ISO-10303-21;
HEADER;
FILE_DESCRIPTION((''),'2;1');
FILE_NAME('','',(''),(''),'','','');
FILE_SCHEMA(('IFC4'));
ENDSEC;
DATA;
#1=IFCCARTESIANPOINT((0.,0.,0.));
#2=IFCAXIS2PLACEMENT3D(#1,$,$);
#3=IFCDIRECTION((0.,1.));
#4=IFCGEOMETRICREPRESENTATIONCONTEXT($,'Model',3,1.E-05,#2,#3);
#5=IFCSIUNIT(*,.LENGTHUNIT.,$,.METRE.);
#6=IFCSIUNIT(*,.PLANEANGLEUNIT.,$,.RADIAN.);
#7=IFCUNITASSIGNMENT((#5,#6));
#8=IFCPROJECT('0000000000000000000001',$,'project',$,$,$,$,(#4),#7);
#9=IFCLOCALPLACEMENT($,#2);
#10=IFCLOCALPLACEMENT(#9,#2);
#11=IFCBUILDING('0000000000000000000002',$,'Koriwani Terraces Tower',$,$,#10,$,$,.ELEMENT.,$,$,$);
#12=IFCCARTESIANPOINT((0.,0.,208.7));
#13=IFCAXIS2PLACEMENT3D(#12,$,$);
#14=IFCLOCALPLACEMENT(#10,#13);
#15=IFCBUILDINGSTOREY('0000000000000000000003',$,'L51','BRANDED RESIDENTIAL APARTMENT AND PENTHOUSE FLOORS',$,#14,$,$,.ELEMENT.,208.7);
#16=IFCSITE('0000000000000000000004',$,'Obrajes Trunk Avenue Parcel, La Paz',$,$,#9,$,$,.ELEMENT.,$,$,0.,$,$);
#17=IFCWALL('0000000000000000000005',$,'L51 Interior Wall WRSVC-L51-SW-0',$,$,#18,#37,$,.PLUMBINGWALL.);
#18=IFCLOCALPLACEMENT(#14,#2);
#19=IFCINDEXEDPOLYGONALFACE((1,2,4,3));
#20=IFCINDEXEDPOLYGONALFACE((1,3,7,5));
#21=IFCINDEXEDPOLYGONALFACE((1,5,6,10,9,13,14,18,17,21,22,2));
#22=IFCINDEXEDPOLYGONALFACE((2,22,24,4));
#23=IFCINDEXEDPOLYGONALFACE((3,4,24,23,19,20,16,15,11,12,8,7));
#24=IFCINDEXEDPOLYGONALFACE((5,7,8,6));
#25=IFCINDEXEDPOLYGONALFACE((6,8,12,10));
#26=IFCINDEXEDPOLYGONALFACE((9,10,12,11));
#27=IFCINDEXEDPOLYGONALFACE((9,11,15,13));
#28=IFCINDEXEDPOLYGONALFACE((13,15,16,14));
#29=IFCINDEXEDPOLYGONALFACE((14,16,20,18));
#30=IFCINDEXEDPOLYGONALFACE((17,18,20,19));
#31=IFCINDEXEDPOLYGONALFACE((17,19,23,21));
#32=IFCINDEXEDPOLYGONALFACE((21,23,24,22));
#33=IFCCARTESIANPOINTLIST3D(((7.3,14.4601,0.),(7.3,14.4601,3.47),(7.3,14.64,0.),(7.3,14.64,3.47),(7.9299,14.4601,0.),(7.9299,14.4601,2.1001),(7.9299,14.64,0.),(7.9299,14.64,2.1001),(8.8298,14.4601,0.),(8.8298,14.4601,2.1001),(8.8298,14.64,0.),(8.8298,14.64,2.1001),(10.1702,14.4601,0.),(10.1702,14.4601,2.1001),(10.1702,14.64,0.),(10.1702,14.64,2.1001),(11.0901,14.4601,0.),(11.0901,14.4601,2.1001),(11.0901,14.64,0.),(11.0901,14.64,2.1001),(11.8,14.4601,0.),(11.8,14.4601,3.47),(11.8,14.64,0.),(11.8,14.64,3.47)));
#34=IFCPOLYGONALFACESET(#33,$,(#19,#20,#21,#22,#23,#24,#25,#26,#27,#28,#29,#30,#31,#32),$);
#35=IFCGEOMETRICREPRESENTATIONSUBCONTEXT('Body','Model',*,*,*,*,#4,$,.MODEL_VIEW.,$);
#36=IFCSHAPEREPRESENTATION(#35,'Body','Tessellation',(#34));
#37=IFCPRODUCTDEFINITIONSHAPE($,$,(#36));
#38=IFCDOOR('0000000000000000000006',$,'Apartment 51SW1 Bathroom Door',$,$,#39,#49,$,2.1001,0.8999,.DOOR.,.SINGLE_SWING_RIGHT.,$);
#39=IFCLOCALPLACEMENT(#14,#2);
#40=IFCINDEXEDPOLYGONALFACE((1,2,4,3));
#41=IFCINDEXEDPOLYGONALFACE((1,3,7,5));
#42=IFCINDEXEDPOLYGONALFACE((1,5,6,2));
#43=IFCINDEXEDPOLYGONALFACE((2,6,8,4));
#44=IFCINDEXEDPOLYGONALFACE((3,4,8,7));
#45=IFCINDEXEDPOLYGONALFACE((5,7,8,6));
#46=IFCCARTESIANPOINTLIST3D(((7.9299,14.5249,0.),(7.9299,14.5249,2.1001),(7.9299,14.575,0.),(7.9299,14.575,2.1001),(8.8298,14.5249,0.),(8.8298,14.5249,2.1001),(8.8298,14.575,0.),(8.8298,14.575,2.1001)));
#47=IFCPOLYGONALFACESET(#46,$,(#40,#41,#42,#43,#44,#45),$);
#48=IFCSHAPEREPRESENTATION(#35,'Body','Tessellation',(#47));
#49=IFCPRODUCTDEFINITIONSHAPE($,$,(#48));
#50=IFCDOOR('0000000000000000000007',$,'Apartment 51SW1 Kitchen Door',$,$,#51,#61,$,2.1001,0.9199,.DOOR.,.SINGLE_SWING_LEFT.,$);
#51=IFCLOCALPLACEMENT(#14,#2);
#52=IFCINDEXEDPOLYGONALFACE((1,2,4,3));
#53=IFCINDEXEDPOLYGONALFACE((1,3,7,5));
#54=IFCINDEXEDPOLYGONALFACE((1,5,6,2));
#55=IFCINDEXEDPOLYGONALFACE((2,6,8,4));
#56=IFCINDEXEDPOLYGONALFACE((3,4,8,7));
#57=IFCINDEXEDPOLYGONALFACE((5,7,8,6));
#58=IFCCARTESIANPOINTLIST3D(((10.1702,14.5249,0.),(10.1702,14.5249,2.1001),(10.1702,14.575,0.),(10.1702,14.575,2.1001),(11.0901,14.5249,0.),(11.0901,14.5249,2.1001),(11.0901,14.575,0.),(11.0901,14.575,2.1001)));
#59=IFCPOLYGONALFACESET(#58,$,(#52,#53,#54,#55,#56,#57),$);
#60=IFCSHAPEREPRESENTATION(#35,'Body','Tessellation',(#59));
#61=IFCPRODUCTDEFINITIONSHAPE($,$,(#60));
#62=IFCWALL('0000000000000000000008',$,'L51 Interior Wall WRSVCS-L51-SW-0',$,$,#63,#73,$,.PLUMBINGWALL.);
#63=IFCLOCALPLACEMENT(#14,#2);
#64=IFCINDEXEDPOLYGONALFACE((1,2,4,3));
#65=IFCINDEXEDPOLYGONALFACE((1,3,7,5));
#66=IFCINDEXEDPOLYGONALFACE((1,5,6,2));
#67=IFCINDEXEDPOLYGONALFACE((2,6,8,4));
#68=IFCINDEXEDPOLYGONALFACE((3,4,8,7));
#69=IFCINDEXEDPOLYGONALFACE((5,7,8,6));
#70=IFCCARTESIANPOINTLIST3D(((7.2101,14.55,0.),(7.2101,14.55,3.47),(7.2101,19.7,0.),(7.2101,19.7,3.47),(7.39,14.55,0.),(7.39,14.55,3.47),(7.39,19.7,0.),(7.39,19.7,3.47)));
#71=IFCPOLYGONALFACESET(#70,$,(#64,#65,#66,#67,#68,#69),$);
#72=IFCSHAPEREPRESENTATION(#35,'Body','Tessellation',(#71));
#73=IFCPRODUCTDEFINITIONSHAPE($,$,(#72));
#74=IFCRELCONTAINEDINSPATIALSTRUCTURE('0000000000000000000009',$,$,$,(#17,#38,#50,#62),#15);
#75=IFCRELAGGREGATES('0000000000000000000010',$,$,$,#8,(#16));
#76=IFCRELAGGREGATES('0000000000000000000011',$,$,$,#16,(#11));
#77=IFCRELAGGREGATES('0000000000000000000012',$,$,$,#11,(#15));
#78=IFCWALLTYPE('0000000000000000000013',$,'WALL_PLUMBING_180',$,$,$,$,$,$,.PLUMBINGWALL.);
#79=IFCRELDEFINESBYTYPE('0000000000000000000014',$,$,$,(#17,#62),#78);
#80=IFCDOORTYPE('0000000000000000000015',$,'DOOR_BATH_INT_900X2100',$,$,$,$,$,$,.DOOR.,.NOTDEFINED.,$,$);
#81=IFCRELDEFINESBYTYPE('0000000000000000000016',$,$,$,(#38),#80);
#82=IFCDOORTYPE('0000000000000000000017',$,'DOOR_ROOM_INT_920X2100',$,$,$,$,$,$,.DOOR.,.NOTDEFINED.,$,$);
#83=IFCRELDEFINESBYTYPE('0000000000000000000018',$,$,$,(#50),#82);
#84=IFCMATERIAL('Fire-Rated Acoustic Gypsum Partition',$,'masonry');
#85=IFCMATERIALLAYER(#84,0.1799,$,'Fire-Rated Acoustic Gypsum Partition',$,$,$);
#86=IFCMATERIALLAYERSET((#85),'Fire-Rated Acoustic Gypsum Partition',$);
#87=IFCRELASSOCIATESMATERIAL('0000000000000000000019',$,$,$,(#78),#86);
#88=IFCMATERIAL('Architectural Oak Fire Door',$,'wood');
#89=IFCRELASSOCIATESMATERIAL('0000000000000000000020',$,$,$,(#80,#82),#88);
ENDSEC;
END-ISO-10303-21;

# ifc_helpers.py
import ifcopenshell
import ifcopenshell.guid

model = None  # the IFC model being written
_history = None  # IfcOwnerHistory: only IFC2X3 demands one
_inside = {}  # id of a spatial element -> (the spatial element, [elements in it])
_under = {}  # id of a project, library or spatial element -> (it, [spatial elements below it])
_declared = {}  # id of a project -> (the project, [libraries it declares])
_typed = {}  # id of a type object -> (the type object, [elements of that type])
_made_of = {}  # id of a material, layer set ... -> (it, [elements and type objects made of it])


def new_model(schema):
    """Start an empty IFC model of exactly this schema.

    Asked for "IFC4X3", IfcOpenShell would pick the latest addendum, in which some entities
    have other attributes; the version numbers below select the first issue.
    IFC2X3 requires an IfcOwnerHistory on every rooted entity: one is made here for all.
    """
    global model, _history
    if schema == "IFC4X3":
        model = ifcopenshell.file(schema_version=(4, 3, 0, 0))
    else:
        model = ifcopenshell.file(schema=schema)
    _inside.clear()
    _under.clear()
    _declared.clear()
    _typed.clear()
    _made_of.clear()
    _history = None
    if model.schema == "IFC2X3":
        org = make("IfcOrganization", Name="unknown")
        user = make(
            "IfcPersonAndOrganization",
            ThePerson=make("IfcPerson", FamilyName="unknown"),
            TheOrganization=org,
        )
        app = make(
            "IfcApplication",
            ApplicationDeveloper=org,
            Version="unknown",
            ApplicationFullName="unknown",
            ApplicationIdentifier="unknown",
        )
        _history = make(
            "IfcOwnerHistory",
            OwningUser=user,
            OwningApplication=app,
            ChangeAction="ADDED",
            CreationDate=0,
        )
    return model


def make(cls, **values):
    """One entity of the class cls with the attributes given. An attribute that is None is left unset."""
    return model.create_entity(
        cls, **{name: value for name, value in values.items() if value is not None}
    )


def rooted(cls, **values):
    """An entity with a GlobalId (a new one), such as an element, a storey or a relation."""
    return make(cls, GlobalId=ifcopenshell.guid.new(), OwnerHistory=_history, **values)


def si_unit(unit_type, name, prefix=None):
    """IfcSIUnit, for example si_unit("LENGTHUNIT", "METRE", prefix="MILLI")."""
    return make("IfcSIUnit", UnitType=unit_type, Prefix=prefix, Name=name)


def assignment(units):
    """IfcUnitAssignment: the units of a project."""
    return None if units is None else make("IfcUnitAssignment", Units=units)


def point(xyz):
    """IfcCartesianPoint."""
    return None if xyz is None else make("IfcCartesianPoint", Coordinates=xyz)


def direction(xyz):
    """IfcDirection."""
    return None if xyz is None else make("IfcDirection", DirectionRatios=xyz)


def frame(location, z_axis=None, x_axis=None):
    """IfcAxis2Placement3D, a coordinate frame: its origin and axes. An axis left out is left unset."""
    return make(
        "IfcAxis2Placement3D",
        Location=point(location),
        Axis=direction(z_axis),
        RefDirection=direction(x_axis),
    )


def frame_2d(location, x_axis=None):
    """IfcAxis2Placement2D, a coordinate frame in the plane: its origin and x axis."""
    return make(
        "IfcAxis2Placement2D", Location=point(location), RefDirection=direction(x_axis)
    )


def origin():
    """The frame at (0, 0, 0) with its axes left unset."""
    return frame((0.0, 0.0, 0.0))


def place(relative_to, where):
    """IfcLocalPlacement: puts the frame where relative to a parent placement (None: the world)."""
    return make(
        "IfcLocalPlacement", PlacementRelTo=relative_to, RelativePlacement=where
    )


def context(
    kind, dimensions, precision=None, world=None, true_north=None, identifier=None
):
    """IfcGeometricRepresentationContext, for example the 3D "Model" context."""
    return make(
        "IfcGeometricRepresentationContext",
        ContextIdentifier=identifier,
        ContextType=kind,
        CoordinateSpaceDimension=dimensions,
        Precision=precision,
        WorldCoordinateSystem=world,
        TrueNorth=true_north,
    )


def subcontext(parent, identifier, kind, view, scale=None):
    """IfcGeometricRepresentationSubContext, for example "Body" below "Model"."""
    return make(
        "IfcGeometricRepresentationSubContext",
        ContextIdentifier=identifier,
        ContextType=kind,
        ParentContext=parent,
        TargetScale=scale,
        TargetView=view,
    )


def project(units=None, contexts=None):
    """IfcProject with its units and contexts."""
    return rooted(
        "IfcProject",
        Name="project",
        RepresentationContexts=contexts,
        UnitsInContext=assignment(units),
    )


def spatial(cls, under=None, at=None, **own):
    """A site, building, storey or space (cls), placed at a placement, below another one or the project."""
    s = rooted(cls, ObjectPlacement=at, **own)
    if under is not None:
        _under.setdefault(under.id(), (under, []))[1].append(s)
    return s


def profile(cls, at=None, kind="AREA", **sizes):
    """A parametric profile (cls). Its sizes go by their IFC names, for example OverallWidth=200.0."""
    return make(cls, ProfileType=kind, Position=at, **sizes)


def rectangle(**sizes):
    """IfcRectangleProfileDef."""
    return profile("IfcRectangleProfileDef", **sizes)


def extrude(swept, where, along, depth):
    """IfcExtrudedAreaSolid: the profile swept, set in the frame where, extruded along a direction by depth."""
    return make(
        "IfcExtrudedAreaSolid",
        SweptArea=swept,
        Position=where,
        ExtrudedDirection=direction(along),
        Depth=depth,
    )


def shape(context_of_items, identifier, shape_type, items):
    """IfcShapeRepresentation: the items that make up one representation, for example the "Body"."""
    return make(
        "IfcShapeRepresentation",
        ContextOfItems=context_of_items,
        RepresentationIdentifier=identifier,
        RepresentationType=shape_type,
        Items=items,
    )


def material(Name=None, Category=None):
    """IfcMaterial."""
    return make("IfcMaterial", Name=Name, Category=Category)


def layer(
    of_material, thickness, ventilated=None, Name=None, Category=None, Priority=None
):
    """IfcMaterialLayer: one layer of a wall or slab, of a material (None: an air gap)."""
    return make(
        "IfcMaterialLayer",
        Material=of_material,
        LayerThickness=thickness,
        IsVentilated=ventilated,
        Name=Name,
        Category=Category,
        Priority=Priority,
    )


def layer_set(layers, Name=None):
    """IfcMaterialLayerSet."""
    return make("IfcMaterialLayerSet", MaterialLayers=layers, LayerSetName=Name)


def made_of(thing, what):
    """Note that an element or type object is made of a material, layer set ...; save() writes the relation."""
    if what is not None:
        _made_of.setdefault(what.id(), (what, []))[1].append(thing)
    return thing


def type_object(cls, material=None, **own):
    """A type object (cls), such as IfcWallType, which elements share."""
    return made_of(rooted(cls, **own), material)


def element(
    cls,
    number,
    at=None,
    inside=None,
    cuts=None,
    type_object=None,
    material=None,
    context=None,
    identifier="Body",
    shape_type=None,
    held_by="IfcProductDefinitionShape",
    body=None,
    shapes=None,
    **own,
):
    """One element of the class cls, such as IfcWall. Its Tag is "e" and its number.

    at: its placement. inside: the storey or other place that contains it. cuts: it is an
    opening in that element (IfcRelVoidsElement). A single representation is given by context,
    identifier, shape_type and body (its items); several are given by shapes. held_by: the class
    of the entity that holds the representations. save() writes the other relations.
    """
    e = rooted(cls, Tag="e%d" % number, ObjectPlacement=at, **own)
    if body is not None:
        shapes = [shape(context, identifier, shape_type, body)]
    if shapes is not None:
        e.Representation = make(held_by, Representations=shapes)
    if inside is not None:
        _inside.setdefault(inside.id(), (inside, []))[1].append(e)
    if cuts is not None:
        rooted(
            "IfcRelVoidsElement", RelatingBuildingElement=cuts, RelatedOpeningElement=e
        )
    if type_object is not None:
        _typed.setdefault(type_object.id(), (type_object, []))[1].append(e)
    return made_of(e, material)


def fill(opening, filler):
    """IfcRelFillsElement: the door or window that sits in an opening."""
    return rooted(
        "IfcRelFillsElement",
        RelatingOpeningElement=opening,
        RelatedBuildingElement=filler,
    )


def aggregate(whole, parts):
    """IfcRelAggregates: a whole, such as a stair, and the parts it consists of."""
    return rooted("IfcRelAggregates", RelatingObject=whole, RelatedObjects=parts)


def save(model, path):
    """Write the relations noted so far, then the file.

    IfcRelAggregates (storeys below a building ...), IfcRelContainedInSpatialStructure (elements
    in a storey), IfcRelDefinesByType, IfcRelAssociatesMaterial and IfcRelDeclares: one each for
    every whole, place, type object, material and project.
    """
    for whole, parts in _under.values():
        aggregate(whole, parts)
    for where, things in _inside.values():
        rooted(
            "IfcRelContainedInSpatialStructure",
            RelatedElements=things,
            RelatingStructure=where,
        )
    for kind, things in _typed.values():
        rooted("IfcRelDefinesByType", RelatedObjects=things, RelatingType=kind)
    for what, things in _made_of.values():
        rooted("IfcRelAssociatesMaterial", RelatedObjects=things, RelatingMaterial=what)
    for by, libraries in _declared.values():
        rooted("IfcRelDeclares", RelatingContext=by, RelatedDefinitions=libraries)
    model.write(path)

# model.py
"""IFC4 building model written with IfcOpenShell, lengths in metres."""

from ifc_helpers import new_model, si_unit, direction, frame, frame_2d, origin, place, context, subcontext, project, spatial, rectangle, extrude, material, layer, layer_set, type_object, element, fill, save


model = new_model("IFC4")

# Units and contexts
model_context = context("Model", 3, precision=1e-05, world=origin(), true_north=direction((0.0, 1.0)))
body_context = subcontext(model_context, "Body", "Model", "MODEL_VIEW")
ifc_project = project(units=[si_unit("LENGTHUNIT", "METRE"), si_unit("PLANEANGLEUNIT", "RADIAN")], contexts=[model_context])

# Site, building, storey
site_placement = place(None, origin())
site = spatial("IfcSite", under=ifc_project, at=site_placement, Name="Obrajes Trunk Avenue Parcel, La Paz", CompositionType="ELEMENT", RefElevation=0.0)
building_placement = place(site_placement, origin())
building = spatial("IfcBuilding", under=site, at=building_placement, Name="Koriwani Terraces Tower", CompositionType="ELEMENT")
storey_placement = place(building_placement, frame((0.0, 0.0, 208.7)))
storey = spatial("IfcBuildingStorey", under=building, at=storey_placement, Name="L51", Description="BRANDED RESIDENTIAL APARTMENT AND PENTHOUSE FLOORS", CompositionType="ELEMENT", Elevation=208.7)

# Wall, openings, doors
ifc_material_1 = material(Name="Fire-Rated Acoustic Gypsum Partition", Category="masonry")
ifc_layer_1 = layer(ifc_material_1, 0.1799, Name="Fire-Rated Acoustic Gypsum Partition")
ifc_layer_set_1 = layer_set([ifc_layer_1], Name="Fire-Rated Acoustic Gypsum Partition")
wall_type_1 = type_object("IfcWallType", Name="WALL_PLUMBING_180", PredefinedType="PLUMBINGWALL", material=ifc_layer_set_1)
wall_1_placement = place(storey_placement, frame((7.3, 14.55, 0.0), z_axis=(0.0, 0.0, 1.0), x_axis=(1.0, 0.0, 0.0)))
wall_1 = element("IfcWall", 1, at=wall_1_placement, inside=storey, type_object=wall_type_1, Name="L51 Interior Wall WRSVC-L51-SW-0", PredefinedType="PLUMBINGWALL", context=body_context, shape_type="SweptSolid", body=[
    extrude(rectangle(XDim=4.5, YDim=0.1799, at=frame_2d((2.25, 0.0))), origin(), (0.0, 0.0, 1.0), 3.47),
])
opening_1_placement = place(wall_1_placement, frame((0.6299, 0.0, 0.0)))
opening_1 = element("IfcOpeningElement", 2, at=opening_1_placement, cuts=wall_1, PredefinedType="OPENING", context=body_context, shape_type="SweptSolid", body=[
    extrude(rectangle(XDim=0.8999, YDim=2.1001, at=frame_2d((0.45, 1.05))), frame((0.0, 0.1001, 0.0), z_axis=(0.0, -1.0, 0.0), x_axis=(1.0, 0.0, 0.0)), (0.0, 0.0, 1.0), 0.2),
])
opening_2_placement = place(wall_1_placement, frame((2.8701, 0.0, 0.0)))
opening_2 = element("IfcOpeningElement", 3, at=opening_2_placement, cuts=wall_1, PredefinedType="OPENING", context=body_context, shape_type="SweptSolid", body=[
    extrude(rectangle(XDim=0.9199, YDim=2.1001, at=frame_2d((0.46, 1.05))), frame((0.0, 0.1001, 0.0), z_axis=(0.0, -1.0, 0.0), x_axis=(1.0, 0.0, 0.0)), (0.0, 0.0, 1.0), 0.2),
])
ifc_material_2 = material(Name="Architectural Oak Fire Door", Category="wood")
door_type_1 = type_object("IfcDoorType", Name="DOOR_BATH_INT_900X2100", OperationType="NOTDEFINED", PredefinedType="DOOR", material=ifc_material_2)
door_1_placement = place(opening_1_placement, origin())
door_1 = element("IfcDoor", 4, at=door_1_placement, inside=storey, type_object=door_type_1, Name="Apartment 51SW1 Bathroom Door", OperationType="SINGLE_SWING_RIGHT", OverallHeight=2.1001, OverallWidth=0.8999, PredefinedType="DOOR", context=body_context, shape_type="SweptSolid", body=[
    extrude(rectangle(XDim=0.8999, YDim=2.1001, at=frame_2d((0.45, 1.05))), frame((0.0, 0.0249, 0.0), z_axis=(0.0, -1.0, 0.0), x_axis=(1.0, 0.0, 0.0)), (0.0, 0.0, 1.0), 0.05),
])
fill(opening_1, door_1)
door_type_2 = type_object("IfcDoorType", Name="DOOR_ROOM_INT_920X2100", OperationType="NOTDEFINED", PredefinedType="DOOR", material=ifc_material_2)
door_2_placement = place(opening_2_placement, origin())
door_2 = element("IfcDoor", 5, at=door_2_placement, inside=storey, type_object=door_type_2, Name="Apartment 51SW1 Kitchen Door", OperationType="SINGLE_SWING_LEFT", OverallHeight=2.1001, OverallWidth=0.9199, PredefinedType="DOOR", context=body_context, shape_type="SweptSolid", body=[
    extrude(rectangle(XDim=0.9199, YDim=2.1001, at=frame_2d((0.46, 1.05))), frame((0.0, 0.0249, 0.0), z_axis=(0.0, -1.0, 0.0), x_axis=(1.0, 0.0, 0.0)), (0.0, 0.0, 1.0), 0.05),
])
fill(opening_2, door_2)

# Wall
wall_2_placement = place(storey_placement, frame((7.3, 14.55, 0.0), z_axis=(0.0, 0.0, 1.0), x_axis=(0.0, 1.0, 0.0)))
element("IfcWall", 6, at=wall_2_placement, inside=storey, type_object=wall_type_1, Name="L51 Interior Wall WRSVCS-L51-SW-0", PredefinedType="PLUMBINGWALL", context=body_context, shape_type="SweptSolid", body=[
    extrude(rectangle(XDim=5.1499, YDim=0.1799, at=frame_2d((2.575, 0.0))), origin(), (0.0, 0.0, 1.0), 3.47),
])

save(model, "model.ifc")
